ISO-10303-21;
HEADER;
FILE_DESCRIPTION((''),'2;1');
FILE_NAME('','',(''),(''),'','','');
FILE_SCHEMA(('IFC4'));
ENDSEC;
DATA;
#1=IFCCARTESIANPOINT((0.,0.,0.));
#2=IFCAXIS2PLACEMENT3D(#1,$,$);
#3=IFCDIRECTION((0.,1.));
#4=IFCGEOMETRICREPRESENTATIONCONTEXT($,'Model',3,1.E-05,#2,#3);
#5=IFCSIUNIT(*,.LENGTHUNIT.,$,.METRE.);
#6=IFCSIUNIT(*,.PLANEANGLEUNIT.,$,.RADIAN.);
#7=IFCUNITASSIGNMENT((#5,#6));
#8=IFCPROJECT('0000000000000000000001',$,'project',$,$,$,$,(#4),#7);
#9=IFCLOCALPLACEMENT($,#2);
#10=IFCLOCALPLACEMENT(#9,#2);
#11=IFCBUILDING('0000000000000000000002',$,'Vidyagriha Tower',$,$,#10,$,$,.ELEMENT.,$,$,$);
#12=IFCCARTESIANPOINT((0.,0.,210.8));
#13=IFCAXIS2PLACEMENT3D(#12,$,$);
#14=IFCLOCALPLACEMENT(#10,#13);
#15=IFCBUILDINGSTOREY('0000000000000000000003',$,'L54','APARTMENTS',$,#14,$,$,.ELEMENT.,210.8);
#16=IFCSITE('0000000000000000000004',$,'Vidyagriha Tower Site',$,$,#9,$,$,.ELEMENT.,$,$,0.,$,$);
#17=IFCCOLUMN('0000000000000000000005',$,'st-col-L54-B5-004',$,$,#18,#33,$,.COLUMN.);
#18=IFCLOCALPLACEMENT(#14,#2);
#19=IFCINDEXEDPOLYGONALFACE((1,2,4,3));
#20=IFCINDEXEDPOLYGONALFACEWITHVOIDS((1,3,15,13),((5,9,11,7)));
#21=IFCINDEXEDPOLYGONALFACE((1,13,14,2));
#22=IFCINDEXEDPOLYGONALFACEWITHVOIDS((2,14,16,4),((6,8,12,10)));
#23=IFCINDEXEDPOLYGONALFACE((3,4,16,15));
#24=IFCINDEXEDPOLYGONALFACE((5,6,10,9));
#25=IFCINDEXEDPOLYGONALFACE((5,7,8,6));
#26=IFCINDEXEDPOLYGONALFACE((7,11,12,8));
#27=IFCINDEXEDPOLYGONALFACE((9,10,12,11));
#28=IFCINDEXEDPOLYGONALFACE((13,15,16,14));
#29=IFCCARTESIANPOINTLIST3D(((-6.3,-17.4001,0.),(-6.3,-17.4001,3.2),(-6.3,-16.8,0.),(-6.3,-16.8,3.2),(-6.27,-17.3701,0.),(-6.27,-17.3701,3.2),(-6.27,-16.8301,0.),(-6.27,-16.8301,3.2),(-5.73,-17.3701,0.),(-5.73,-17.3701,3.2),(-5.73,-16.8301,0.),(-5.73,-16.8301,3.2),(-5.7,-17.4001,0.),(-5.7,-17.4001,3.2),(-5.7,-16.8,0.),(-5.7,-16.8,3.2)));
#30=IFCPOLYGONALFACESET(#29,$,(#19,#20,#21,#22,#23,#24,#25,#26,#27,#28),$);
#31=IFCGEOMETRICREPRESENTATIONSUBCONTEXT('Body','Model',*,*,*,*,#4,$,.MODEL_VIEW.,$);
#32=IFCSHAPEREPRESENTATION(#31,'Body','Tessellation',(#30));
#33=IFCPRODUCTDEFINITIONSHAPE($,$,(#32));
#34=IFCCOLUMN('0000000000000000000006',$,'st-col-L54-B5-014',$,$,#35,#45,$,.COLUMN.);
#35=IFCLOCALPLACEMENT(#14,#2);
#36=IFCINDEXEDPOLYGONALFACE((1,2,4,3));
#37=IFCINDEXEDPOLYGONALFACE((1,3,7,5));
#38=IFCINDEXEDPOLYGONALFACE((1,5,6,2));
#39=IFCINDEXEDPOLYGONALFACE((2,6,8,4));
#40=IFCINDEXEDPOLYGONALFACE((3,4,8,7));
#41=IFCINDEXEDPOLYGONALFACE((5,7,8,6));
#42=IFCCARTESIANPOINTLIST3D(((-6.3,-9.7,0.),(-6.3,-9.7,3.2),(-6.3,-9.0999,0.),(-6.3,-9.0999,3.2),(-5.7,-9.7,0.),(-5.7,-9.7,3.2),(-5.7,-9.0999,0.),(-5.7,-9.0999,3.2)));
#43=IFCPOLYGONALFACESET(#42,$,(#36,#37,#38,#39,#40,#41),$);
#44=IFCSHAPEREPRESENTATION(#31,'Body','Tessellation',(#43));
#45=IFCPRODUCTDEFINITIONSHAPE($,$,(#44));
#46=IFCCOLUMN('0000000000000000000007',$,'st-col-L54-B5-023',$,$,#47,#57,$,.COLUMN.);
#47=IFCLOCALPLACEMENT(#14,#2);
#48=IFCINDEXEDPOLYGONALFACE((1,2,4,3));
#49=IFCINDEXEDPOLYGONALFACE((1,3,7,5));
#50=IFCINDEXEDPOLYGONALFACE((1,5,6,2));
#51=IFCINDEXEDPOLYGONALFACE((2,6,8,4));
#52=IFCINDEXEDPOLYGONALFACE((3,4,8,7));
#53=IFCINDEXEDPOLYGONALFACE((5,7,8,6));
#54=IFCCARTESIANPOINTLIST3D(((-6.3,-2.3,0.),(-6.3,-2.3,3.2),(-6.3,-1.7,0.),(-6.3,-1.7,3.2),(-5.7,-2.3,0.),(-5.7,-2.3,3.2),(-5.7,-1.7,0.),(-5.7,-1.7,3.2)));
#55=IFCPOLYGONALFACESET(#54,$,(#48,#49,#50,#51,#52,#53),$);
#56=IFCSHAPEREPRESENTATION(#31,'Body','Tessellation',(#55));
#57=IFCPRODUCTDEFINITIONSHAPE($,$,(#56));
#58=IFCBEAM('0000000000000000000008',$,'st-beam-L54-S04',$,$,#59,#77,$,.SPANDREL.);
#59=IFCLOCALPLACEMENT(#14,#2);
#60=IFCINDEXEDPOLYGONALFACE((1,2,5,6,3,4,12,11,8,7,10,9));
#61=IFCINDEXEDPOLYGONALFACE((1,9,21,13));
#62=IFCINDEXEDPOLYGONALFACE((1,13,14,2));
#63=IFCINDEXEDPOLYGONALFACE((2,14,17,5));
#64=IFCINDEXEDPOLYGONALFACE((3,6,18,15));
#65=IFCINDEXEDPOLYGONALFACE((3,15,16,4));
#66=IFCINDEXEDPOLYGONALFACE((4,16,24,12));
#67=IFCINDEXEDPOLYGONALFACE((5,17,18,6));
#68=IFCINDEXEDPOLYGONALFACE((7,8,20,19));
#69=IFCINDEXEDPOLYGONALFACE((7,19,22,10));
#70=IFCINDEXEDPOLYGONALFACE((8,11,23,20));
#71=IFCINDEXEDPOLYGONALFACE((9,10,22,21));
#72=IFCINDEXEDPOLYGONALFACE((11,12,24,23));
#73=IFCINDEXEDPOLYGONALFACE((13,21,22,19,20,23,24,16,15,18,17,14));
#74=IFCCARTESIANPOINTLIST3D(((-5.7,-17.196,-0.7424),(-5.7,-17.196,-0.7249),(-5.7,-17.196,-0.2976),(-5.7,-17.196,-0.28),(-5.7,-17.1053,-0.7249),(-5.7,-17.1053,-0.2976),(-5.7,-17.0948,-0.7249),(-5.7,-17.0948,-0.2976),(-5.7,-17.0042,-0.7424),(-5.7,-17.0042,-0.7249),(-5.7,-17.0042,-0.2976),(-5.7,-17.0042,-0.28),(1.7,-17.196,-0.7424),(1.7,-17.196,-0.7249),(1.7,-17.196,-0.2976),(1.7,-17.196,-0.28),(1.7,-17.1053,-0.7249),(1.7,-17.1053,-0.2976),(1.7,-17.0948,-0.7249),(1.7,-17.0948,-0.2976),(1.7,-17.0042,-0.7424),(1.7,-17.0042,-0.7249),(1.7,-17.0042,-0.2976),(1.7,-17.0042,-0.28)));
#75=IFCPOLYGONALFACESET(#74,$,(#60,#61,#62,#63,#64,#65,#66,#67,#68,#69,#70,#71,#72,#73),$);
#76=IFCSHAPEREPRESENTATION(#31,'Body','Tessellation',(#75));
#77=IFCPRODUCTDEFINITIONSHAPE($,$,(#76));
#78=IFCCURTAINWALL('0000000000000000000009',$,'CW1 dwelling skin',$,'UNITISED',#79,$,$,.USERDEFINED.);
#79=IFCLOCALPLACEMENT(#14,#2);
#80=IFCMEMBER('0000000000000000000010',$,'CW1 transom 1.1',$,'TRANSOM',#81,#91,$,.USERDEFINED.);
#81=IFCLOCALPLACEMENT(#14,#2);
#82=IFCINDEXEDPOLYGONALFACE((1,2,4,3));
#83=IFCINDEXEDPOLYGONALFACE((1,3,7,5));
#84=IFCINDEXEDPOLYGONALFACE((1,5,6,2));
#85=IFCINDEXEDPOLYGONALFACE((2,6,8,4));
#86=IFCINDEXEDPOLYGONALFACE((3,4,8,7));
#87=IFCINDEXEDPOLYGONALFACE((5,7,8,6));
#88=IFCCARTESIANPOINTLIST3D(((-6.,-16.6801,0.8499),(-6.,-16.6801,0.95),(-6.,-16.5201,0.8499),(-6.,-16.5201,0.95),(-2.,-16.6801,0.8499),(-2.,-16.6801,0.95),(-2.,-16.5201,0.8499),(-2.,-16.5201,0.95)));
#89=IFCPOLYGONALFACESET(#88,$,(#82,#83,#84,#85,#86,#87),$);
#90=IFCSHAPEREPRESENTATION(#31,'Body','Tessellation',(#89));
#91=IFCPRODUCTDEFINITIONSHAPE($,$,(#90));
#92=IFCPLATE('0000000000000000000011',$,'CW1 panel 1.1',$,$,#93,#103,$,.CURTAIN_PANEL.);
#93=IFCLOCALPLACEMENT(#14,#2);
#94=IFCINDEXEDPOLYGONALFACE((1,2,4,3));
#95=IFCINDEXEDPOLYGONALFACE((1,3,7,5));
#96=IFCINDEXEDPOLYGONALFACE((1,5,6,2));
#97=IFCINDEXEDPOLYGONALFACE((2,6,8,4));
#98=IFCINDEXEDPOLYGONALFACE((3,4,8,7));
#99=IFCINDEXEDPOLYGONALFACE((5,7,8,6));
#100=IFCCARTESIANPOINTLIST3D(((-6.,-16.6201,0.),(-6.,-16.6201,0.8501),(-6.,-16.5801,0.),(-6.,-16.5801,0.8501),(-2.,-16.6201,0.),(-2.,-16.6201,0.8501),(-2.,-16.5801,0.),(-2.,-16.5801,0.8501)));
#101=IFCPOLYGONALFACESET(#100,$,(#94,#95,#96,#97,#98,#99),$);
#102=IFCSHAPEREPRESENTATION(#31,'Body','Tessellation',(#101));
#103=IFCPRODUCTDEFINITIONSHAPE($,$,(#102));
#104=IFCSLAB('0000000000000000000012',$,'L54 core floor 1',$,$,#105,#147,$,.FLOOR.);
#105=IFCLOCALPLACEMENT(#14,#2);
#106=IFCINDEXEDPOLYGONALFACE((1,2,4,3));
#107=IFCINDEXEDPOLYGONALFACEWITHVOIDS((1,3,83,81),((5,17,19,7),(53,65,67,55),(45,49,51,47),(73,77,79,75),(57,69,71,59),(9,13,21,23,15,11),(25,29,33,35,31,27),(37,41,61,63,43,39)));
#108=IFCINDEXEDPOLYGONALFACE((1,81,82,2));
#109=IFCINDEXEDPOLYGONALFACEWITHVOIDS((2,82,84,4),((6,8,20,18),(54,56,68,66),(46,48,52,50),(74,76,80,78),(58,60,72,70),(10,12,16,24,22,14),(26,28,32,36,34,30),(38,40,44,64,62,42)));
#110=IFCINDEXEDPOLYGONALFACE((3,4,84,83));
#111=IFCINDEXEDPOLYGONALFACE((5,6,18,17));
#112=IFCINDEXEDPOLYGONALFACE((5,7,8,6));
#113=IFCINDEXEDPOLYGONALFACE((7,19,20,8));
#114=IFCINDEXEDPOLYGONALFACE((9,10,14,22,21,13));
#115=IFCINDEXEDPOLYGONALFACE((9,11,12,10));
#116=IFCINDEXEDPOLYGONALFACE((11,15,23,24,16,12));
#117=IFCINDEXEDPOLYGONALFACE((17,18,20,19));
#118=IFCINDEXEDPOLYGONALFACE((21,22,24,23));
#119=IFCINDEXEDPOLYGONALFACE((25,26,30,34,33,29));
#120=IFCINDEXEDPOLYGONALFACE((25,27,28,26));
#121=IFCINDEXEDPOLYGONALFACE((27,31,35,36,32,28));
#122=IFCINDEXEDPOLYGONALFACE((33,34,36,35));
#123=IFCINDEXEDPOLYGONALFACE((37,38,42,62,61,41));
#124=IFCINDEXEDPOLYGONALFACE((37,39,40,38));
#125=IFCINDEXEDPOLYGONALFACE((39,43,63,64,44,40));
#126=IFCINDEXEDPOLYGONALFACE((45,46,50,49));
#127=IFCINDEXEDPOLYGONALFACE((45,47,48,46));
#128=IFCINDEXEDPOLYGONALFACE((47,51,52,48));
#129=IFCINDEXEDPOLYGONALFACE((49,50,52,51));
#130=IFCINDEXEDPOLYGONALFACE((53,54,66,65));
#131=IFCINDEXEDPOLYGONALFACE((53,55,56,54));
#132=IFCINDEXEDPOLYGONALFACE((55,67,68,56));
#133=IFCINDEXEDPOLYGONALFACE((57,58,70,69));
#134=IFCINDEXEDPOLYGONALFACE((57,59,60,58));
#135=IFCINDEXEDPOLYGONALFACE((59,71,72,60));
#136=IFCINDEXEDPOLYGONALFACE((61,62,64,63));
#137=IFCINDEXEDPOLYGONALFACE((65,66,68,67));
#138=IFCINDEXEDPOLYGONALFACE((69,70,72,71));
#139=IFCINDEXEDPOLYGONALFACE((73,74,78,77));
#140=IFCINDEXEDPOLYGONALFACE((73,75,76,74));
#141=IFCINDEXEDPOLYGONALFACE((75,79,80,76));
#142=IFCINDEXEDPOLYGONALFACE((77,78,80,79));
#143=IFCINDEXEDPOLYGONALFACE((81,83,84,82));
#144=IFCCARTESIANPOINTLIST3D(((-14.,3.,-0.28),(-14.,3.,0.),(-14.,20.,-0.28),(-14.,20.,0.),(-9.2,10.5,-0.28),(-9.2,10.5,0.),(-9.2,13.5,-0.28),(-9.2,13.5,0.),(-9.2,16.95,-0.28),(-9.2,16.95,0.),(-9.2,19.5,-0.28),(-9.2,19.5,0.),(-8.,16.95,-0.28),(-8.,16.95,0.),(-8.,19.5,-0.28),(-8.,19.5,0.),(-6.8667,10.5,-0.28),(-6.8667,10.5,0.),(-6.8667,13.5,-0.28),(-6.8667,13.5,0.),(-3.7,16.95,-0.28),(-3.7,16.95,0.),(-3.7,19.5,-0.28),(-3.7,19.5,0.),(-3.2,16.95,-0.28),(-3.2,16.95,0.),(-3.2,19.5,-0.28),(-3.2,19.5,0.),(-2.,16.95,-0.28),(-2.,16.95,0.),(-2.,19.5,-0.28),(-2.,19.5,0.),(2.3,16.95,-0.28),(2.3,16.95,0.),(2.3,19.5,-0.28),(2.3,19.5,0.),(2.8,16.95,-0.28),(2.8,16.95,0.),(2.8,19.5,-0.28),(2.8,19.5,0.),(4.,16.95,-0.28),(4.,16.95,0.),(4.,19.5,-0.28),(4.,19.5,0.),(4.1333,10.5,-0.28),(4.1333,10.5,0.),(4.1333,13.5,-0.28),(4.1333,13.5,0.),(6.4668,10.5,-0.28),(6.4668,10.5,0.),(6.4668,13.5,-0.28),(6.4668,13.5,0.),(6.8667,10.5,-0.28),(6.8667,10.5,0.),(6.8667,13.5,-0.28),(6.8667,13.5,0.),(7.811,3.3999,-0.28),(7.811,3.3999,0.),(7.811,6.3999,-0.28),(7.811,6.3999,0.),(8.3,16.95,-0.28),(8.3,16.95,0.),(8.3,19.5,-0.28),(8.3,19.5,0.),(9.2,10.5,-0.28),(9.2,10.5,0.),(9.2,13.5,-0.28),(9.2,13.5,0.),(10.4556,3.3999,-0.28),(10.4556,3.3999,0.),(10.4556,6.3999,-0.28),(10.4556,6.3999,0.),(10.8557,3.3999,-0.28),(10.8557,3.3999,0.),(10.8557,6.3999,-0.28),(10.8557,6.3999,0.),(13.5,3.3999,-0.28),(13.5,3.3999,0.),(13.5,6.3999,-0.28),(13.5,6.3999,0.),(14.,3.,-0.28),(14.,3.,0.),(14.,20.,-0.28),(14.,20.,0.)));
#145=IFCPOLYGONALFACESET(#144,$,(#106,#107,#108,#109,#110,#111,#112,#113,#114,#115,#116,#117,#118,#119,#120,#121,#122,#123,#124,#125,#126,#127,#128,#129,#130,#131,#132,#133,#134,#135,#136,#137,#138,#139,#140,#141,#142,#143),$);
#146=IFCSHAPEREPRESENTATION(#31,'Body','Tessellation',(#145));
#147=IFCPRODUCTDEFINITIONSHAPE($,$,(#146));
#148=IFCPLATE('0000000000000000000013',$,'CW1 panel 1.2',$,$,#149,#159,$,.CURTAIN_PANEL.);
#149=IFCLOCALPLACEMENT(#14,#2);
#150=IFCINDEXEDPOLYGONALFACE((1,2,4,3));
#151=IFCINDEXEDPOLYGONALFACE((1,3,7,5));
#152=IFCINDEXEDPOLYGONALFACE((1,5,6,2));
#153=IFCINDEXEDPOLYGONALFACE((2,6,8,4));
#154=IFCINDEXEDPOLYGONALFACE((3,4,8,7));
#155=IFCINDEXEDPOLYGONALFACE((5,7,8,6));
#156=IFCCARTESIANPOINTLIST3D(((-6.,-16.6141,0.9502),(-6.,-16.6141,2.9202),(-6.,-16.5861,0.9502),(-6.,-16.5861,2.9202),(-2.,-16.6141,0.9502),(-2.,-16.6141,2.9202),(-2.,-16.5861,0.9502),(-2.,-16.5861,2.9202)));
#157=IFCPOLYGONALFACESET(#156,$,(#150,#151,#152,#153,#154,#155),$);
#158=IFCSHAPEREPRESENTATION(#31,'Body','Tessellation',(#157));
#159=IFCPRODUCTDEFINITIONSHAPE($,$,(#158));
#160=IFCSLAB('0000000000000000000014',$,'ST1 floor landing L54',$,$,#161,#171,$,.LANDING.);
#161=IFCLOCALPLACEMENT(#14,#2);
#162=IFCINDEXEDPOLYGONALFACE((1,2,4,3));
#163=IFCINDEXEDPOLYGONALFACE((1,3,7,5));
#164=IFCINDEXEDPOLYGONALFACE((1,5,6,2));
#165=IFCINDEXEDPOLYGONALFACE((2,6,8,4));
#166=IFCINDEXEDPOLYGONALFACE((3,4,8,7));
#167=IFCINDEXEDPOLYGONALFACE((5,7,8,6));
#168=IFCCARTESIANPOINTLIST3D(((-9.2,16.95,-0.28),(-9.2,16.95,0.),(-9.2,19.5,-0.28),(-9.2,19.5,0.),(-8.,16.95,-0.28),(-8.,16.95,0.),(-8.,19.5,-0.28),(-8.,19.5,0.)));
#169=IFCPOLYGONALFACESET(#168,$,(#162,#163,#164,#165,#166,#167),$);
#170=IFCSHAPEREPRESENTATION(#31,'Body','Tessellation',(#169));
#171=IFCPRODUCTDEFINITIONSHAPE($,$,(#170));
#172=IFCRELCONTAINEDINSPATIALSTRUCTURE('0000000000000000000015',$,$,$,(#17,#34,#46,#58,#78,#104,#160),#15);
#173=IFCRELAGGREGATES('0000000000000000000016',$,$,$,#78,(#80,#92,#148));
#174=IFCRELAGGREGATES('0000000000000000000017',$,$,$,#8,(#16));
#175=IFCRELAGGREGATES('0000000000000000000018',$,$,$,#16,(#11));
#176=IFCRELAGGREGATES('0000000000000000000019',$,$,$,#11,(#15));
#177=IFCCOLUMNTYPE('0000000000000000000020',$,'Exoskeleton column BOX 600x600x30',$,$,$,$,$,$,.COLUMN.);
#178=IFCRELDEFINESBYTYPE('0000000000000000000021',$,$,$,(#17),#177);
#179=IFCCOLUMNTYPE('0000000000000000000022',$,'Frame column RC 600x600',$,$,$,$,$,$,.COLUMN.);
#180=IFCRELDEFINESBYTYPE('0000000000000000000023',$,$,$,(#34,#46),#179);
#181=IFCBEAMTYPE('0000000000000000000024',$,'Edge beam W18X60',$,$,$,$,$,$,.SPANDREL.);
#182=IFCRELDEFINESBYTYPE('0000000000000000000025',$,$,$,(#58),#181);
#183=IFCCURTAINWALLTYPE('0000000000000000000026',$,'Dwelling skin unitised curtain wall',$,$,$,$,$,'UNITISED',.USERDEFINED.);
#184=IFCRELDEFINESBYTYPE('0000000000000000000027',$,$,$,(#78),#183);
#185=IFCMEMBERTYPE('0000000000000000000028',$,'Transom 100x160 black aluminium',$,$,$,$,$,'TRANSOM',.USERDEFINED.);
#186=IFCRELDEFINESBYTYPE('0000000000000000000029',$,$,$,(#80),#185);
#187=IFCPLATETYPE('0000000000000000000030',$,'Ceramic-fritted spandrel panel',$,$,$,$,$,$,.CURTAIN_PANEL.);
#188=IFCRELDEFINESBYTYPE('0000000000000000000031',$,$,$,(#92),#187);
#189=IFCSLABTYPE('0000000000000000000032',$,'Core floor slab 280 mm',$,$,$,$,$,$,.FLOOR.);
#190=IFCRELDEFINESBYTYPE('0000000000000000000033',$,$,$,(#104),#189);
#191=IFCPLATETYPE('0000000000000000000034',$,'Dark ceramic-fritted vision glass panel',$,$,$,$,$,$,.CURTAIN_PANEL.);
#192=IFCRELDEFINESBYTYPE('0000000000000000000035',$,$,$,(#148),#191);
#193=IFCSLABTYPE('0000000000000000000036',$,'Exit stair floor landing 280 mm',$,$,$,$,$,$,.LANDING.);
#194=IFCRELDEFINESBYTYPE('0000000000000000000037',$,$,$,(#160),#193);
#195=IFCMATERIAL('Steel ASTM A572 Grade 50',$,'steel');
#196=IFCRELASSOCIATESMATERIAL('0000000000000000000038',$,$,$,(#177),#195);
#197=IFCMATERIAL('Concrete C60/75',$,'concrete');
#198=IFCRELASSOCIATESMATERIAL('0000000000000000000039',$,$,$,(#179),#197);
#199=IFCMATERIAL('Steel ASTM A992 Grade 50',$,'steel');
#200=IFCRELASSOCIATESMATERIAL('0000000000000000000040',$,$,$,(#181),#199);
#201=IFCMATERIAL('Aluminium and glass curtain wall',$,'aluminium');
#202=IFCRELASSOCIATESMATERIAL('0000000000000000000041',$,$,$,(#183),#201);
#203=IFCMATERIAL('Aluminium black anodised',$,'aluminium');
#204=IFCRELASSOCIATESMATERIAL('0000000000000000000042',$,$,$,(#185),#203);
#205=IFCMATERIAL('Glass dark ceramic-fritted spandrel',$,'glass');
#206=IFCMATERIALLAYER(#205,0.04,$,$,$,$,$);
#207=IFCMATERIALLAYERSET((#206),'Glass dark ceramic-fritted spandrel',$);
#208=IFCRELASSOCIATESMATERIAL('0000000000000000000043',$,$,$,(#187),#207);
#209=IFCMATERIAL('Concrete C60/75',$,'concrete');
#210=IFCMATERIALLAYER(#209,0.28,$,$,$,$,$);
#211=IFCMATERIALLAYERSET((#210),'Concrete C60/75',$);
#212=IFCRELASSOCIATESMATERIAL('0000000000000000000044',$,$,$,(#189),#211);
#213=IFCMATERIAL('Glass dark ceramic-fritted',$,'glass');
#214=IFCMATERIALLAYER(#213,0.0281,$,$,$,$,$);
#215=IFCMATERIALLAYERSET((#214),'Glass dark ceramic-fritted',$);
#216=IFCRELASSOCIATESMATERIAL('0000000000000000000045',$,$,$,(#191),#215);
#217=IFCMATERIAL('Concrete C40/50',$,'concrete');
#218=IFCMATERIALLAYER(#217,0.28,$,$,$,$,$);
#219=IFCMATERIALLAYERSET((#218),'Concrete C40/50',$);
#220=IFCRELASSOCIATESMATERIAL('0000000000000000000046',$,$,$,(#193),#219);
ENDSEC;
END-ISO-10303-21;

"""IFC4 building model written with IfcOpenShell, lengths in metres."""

from ifc_helpers import new_model, si_unit, direction, frame, origin, origin_2d, place, context, subcontext, project, spatial, polyline, rectangle, hollow_rectangle, i_section, outline, extrude, material, layer, layer_set, material_profile, profile_set, type_object, element, aggregate, save


model = new_model("IFC4")

# Units and contexts
model_context = context("Model", 3, precision=1e-05, world=origin(), true_north=direction((0.0, 1.0)))
body_context = subcontext(model_context, "Body", "Model", "MODEL_VIEW")
ifc_project = project(units=[si_unit("LENGTHUNIT", "METRE"), si_unit("PLANEANGLEUNIT", "RADIAN")], contexts=[model_context])

# Site, building, storey
site_placement = place(None, origin())
site = spatial("IfcSite", under=ifc_project, at=site_placement, Name="Vidyagriha Tower Site", CompositionType="ELEMENT", RefElevation=0.0)
building_placement = place(site_placement, origin())
building = spatial("IfcBuilding", under=site, at=building_placement, Name="Vidyagriha Tower", CompositionType="ELEMENT")
storey_placement = place(building_placement, frame((0.0, 0.0, 210.8)))
storey = spatial("IfcBuildingStorey", under=building, at=storey_placement, Name="L54", Description="APARTMENTS", CompositionType="ELEMENT", Elevation=210.8)

# Columns
ifc_material_1 = material(Name="Steel ASTM A572 Grade 50", Category="steel")
ifc_material_profile_1 = material_profile(ifc_material_1, hollow_rectangle(XDim=0.6001, YDim=0.6001, WallThickness=0.03, at=origin_2d()), Name="BOX 600x600x30")
ifc_profile_set_1 = profile_set([ifc_material_profile_1], Name="Steel ASTM A572 Grade 50")
column_type_1 = type_object("IfcColumnType", Name="Exoskeleton column BOX 600x600x30", PredefinedType="COLUMN", material=ifc_profile_set_1)
column_placement = place(storey_placement, frame((-6.0, -17.1001, 0.0)))
element("IfcColumn", 1, at=column_placement, inside=storey, type_object=column_type_1, Name="st-col-L54-B5-004", PredefinedType="COLUMN", context=body_context, shape_type="SweptSolid", body=[
    extrude(hollow_rectangle(XDim=0.6001, YDim=0.6001, WallThickness=0.03, at=origin_2d()), origin(), (0.0, 0.0, 1.0), 3.2),
])
ifc_material_2 = material(Name="Concrete C60/75", Category="concrete")
ifc_material_profile_2 = material_profile(ifc_material_2, rectangle(XDim=0.6001, YDim=0.6001, at=origin_2d()), Name="RC 600x600")
ifc_profile_set_2 = profile_set([ifc_material_profile_2], Name="Concrete C60/75")
column_type_2 = type_object("IfcColumnType", Name="Frame column RC 600x600", PredefinedType="COLUMN", material=ifc_profile_set_2)
for number, where, name in (
    (2, (-6.0, -9.3999, 0.0), "st-col-L54-B5-014"),
    (3, (-6.0, -2.0, 0.0), "st-col-L54-B5-023"),
):
    element("IfcColumn", number, at=place(storey_placement, frame(where)), inside=storey, type_object=column_type_2, Name=name, PredefinedType="COLUMN", context=body_context, shape_type="SweptSolid", body=[
        extrude(rectangle(XDim=0.6001, YDim=0.6001, at=origin_2d()), origin(), (0.0, 0.0, 1.0), 3.2),
    ])

# Beam
ifc_material_3 = material(Name="Steel ASTM A992 Grade 50", Category="steel")
ifc_material_profile_3 = material_profile(ifc_material_3, i_section(OverallWidth=0.1919, OverallDepth=0.4624, WebThickness=0.0105, FlangeThickness=0.0176, at=origin_2d()), Name="W18X60")
ifc_profile_set_3 = profile_set([ifc_material_profile_3], Name="Steel ASTM A992 Grade 50")
beam_type = type_object("IfcBeamType", Name="Edge beam W18X60", PredefinedType="SPANDREL", material=ifc_profile_set_3)
beam_placement = place(storey_placement, frame((-5.7, -17.1001, -0.5112), z_axis=(1.0, 0.0, 0.0), x_axis=(0.0, 1.0, 0.0)))
element("IfcBeam", 4, at=beam_placement, inside=storey, type_object=beam_type, Name="st-beam-L54-S04", PredefinedType="SPANDREL", context=body_context, shape_type="SweptSolid", body=[
    extrude(i_section(OverallWidth=0.1919, OverallDepth=0.4624, WebThickness=0.0105, FlangeThickness=0.0176, at=origin_2d()), origin(), (0.0, 0.0, 1.0), 7.3999),
])

# Curtain wall, member, plate
ifc_material_4 = material(Name="Aluminium and glass curtain wall", Category="aluminium")
curtain_wall_type = type_object("IfcCurtainWallType", Name="Dwelling skin unitised curtain wall", ElementType="UNITISED", PredefinedType="USERDEFINED", material=ifc_material_4)
curtain_wall_placement = place(storey_placement, origin())
curtain_wall = element("IfcCurtainWall", 5, at=curtain_wall_placement, inside=storey, type_object=curtain_wall_type, Name="CW1 dwelling skin", ObjectType="UNITISED", PredefinedType="USERDEFINED")
ifc_material_5 = material(Name="Aluminium black anodised", Category="aluminium")
ifc_material_profile_4 = material_profile(ifc_material_5, rectangle(XDim=0.1599, YDim=0.1001, at=origin_2d()), Name="Transom 100x160 black aluminium")
ifc_profile_set_4 = profile_set([ifc_material_profile_4], Name="Aluminium black anodised")
member_type = type_object("IfcMemberType", Name="Transom 100x160 black aluminium", ElementType="TRANSOM", PredefinedType="USERDEFINED", material=ifc_profile_set_4)
member_placement = place(storey_placement, frame((-6.0, -16.6001, 0.8999), z_axis=(1.0, 0.0, 0.0), x_axis=(0.0, 1.0, 0.0)))
member = element("IfcMember", 6, at=member_placement, type_object=member_type, Name="CW1 transom 1.1", ObjectType="TRANSOM", PredefinedType="USERDEFINED", context=body_context, shape_type="SweptSolid", body=[
    extrude(rectangle(XDim=0.1599, YDim=0.1001, at=origin_2d()), origin(), (0.0, 0.0, 1.0), 4.0),
])
ifc_material_6 = material(Name="Glass dark ceramic-fritted spandrel", Category="glass")
ifc_layer_1 = layer(ifc_material_6, 0.04)
ifc_layer_set_1 = layer_set([ifc_layer_1], Name="Glass dark ceramic-fritted spandrel")
plate_type_1 = type_object("IfcPlateType", Name="Ceramic-fritted spandrel panel", PredefinedType="CURTAIN_PANEL", material=ifc_layer_set_1)
plate_1_placement = place(storey_placement, frame((-4.0, -16.6001, 0.0)))
plate_1 = element("IfcPlate", 7, at=plate_1_placement, type_object=plate_type_1, Name="CW1 panel 1.1", PredefinedType="CURTAIN_PANEL", context=body_context, shape_type="SweptSolid", body=[
    extrude(rectangle(XDim=4.0, YDim=0.04, at=origin_2d()), origin(), (0.0, 0.0, 1.0), 0.8501),
])

# Slab
ifc_material_7 = material(Name="Concrete C60/75", Category="concrete")
ifc_layer_2 = layer(ifc_material_7, 0.28)
ifc_layer_set_2 = layer_set([ifc_layer_2], Name="Concrete C60/75")
slab_type_1 = type_object("IfcSlabType", Name="Core floor slab 280 mm", PredefinedType="FLOOR", material=ifc_layer_set_2)
slab_1_placement = place(storey_placement, frame((0.0, 0.0, -0.28)))
element("IfcSlab", 8, at=slab_1_placement, inside=storey, type_object=slab_type_1, Name="L54 core floor 1", PredefinedType="FLOOR", context=body_context, shape_type="SweptSolid", body=[
    extrude(outline(polyline([(-14.0, 3.0), (-14.0, 20.0), (14.0, 20.0), (14.0, 3.0), (-14.0, 3.0)]), holes=[polyline([(13.5, 6.3999), (10.8557, 6.3999), (10.8557, 3.3999), (13.5, 3.3999), (13.5, 6.3999)]), polyline([(10.4556, 6.3999), (7.811, 6.3999), (7.811, 3.3999), (10.4556, 3.3999), (10.4556, 6.3999)]), polyline([(9.2, 13.5), (6.8667, 13.5), (6.8667, 10.5), (9.2, 10.5), (9.2, 13.5)]), polyline([(2.8, 19.5), (2.8, 16.95), (4.0, 16.95), (8.3, 16.95), (8.3, 19.5), (4.0, 19.5), (2.8, 19.5)]), polyline([(4.1333, 13.5), (4.1333, 10.5), (6.4668, 10.5), (6.4668, 13.5), (4.1333, 13.5)]), polyline([(-2.0, 19.5), (-3.2, 19.5), (-3.2, 16.95), (-2.0, 16.95), (2.3, 16.95), (2.3, 19.5), (-2.0, 19.5)]), polyline([(-9.2, 19.5), (-9.2, 16.95), (-8.0, 16.95), (-3.7, 16.95), (-3.7, 19.5), (-8.0, 19.5), (-9.2, 19.5)]), polyline([(-9.2, 13.5), (-9.2, 10.5), (-6.8667, 10.5), (-6.8667, 13.5), (-9.2, 13.5)])]), origin(), (0.0, 0.0, 1.0), 0.28),
])

# Plate
ifc_material_8 = material(Name="Glass dark ceramic-fritted", Category="glass")
ifc_layer_3 = layer(ifc_material_8, 0.0281)
ifc_layer_set_3 = layer_set([ifc_layer_3], Name="Glass dark ceramic-fritted")
plate_type_2 = type_object("IfcPlateType", Name="Dark ceramic-fritted vision glass panel", PredefinedType="CURTAIN_PANEL", material=ifc_layer_set_3)
plate_2_placement = place(storey_placement, frame((-4.0, -16.6001, 0.9502)))
plate_2 = element("IfcPlate", 9, at=plate_2_placement, type_object=plate_type_2, Name="CW1 panel 1.2", PredefinedType="CURTAIN_PANEL", context=body_context, shape_type="SweptSolid", body=[
    extrude(rectangle(XDim=4.0, YDim=0.0281, at=origin_2d()), origin(), (0.0, 0.0, 1.0), 1.97),
])
aggregate(curtain_wall, [member, plate_1, plate_2])

# Slab
ifc_material_9 = material(Name="Concrete C40/50", Category="concrete")
ifc_layer_4 = layer(ifc_material_9, 0.28)
ifc_layer_set_4 = layer_set([ifc_layer_4], Name="Concrete C40/50")
slab_type_2 = type_object("IfcSlabType", Name="Exit stair floor landing 280 mm", PredefinedType="LANDING", material=ifc_layer_set_4)
slab_2_placement = place(storey_placement, frame((0.0, 0.0, -0.28)))
element("IfcSlab", 10, at=slab_2_placement, inside=storey, type_object=slab_type_2, Name="ST1 floor landing L54", PredefinedType="LANDING", context=body_context, shape_type="SweptSolid", body=[
    extrude(outline(polyline([(-9.2, 16.95), (-8.0, 16.95), (-8.0, 19.5), (-9.2, 19.5), (-9.2, 16.95)])), origin(), (0.0, 0.0, 1.0), 0.28),
])

save(model, "model.ifc")
